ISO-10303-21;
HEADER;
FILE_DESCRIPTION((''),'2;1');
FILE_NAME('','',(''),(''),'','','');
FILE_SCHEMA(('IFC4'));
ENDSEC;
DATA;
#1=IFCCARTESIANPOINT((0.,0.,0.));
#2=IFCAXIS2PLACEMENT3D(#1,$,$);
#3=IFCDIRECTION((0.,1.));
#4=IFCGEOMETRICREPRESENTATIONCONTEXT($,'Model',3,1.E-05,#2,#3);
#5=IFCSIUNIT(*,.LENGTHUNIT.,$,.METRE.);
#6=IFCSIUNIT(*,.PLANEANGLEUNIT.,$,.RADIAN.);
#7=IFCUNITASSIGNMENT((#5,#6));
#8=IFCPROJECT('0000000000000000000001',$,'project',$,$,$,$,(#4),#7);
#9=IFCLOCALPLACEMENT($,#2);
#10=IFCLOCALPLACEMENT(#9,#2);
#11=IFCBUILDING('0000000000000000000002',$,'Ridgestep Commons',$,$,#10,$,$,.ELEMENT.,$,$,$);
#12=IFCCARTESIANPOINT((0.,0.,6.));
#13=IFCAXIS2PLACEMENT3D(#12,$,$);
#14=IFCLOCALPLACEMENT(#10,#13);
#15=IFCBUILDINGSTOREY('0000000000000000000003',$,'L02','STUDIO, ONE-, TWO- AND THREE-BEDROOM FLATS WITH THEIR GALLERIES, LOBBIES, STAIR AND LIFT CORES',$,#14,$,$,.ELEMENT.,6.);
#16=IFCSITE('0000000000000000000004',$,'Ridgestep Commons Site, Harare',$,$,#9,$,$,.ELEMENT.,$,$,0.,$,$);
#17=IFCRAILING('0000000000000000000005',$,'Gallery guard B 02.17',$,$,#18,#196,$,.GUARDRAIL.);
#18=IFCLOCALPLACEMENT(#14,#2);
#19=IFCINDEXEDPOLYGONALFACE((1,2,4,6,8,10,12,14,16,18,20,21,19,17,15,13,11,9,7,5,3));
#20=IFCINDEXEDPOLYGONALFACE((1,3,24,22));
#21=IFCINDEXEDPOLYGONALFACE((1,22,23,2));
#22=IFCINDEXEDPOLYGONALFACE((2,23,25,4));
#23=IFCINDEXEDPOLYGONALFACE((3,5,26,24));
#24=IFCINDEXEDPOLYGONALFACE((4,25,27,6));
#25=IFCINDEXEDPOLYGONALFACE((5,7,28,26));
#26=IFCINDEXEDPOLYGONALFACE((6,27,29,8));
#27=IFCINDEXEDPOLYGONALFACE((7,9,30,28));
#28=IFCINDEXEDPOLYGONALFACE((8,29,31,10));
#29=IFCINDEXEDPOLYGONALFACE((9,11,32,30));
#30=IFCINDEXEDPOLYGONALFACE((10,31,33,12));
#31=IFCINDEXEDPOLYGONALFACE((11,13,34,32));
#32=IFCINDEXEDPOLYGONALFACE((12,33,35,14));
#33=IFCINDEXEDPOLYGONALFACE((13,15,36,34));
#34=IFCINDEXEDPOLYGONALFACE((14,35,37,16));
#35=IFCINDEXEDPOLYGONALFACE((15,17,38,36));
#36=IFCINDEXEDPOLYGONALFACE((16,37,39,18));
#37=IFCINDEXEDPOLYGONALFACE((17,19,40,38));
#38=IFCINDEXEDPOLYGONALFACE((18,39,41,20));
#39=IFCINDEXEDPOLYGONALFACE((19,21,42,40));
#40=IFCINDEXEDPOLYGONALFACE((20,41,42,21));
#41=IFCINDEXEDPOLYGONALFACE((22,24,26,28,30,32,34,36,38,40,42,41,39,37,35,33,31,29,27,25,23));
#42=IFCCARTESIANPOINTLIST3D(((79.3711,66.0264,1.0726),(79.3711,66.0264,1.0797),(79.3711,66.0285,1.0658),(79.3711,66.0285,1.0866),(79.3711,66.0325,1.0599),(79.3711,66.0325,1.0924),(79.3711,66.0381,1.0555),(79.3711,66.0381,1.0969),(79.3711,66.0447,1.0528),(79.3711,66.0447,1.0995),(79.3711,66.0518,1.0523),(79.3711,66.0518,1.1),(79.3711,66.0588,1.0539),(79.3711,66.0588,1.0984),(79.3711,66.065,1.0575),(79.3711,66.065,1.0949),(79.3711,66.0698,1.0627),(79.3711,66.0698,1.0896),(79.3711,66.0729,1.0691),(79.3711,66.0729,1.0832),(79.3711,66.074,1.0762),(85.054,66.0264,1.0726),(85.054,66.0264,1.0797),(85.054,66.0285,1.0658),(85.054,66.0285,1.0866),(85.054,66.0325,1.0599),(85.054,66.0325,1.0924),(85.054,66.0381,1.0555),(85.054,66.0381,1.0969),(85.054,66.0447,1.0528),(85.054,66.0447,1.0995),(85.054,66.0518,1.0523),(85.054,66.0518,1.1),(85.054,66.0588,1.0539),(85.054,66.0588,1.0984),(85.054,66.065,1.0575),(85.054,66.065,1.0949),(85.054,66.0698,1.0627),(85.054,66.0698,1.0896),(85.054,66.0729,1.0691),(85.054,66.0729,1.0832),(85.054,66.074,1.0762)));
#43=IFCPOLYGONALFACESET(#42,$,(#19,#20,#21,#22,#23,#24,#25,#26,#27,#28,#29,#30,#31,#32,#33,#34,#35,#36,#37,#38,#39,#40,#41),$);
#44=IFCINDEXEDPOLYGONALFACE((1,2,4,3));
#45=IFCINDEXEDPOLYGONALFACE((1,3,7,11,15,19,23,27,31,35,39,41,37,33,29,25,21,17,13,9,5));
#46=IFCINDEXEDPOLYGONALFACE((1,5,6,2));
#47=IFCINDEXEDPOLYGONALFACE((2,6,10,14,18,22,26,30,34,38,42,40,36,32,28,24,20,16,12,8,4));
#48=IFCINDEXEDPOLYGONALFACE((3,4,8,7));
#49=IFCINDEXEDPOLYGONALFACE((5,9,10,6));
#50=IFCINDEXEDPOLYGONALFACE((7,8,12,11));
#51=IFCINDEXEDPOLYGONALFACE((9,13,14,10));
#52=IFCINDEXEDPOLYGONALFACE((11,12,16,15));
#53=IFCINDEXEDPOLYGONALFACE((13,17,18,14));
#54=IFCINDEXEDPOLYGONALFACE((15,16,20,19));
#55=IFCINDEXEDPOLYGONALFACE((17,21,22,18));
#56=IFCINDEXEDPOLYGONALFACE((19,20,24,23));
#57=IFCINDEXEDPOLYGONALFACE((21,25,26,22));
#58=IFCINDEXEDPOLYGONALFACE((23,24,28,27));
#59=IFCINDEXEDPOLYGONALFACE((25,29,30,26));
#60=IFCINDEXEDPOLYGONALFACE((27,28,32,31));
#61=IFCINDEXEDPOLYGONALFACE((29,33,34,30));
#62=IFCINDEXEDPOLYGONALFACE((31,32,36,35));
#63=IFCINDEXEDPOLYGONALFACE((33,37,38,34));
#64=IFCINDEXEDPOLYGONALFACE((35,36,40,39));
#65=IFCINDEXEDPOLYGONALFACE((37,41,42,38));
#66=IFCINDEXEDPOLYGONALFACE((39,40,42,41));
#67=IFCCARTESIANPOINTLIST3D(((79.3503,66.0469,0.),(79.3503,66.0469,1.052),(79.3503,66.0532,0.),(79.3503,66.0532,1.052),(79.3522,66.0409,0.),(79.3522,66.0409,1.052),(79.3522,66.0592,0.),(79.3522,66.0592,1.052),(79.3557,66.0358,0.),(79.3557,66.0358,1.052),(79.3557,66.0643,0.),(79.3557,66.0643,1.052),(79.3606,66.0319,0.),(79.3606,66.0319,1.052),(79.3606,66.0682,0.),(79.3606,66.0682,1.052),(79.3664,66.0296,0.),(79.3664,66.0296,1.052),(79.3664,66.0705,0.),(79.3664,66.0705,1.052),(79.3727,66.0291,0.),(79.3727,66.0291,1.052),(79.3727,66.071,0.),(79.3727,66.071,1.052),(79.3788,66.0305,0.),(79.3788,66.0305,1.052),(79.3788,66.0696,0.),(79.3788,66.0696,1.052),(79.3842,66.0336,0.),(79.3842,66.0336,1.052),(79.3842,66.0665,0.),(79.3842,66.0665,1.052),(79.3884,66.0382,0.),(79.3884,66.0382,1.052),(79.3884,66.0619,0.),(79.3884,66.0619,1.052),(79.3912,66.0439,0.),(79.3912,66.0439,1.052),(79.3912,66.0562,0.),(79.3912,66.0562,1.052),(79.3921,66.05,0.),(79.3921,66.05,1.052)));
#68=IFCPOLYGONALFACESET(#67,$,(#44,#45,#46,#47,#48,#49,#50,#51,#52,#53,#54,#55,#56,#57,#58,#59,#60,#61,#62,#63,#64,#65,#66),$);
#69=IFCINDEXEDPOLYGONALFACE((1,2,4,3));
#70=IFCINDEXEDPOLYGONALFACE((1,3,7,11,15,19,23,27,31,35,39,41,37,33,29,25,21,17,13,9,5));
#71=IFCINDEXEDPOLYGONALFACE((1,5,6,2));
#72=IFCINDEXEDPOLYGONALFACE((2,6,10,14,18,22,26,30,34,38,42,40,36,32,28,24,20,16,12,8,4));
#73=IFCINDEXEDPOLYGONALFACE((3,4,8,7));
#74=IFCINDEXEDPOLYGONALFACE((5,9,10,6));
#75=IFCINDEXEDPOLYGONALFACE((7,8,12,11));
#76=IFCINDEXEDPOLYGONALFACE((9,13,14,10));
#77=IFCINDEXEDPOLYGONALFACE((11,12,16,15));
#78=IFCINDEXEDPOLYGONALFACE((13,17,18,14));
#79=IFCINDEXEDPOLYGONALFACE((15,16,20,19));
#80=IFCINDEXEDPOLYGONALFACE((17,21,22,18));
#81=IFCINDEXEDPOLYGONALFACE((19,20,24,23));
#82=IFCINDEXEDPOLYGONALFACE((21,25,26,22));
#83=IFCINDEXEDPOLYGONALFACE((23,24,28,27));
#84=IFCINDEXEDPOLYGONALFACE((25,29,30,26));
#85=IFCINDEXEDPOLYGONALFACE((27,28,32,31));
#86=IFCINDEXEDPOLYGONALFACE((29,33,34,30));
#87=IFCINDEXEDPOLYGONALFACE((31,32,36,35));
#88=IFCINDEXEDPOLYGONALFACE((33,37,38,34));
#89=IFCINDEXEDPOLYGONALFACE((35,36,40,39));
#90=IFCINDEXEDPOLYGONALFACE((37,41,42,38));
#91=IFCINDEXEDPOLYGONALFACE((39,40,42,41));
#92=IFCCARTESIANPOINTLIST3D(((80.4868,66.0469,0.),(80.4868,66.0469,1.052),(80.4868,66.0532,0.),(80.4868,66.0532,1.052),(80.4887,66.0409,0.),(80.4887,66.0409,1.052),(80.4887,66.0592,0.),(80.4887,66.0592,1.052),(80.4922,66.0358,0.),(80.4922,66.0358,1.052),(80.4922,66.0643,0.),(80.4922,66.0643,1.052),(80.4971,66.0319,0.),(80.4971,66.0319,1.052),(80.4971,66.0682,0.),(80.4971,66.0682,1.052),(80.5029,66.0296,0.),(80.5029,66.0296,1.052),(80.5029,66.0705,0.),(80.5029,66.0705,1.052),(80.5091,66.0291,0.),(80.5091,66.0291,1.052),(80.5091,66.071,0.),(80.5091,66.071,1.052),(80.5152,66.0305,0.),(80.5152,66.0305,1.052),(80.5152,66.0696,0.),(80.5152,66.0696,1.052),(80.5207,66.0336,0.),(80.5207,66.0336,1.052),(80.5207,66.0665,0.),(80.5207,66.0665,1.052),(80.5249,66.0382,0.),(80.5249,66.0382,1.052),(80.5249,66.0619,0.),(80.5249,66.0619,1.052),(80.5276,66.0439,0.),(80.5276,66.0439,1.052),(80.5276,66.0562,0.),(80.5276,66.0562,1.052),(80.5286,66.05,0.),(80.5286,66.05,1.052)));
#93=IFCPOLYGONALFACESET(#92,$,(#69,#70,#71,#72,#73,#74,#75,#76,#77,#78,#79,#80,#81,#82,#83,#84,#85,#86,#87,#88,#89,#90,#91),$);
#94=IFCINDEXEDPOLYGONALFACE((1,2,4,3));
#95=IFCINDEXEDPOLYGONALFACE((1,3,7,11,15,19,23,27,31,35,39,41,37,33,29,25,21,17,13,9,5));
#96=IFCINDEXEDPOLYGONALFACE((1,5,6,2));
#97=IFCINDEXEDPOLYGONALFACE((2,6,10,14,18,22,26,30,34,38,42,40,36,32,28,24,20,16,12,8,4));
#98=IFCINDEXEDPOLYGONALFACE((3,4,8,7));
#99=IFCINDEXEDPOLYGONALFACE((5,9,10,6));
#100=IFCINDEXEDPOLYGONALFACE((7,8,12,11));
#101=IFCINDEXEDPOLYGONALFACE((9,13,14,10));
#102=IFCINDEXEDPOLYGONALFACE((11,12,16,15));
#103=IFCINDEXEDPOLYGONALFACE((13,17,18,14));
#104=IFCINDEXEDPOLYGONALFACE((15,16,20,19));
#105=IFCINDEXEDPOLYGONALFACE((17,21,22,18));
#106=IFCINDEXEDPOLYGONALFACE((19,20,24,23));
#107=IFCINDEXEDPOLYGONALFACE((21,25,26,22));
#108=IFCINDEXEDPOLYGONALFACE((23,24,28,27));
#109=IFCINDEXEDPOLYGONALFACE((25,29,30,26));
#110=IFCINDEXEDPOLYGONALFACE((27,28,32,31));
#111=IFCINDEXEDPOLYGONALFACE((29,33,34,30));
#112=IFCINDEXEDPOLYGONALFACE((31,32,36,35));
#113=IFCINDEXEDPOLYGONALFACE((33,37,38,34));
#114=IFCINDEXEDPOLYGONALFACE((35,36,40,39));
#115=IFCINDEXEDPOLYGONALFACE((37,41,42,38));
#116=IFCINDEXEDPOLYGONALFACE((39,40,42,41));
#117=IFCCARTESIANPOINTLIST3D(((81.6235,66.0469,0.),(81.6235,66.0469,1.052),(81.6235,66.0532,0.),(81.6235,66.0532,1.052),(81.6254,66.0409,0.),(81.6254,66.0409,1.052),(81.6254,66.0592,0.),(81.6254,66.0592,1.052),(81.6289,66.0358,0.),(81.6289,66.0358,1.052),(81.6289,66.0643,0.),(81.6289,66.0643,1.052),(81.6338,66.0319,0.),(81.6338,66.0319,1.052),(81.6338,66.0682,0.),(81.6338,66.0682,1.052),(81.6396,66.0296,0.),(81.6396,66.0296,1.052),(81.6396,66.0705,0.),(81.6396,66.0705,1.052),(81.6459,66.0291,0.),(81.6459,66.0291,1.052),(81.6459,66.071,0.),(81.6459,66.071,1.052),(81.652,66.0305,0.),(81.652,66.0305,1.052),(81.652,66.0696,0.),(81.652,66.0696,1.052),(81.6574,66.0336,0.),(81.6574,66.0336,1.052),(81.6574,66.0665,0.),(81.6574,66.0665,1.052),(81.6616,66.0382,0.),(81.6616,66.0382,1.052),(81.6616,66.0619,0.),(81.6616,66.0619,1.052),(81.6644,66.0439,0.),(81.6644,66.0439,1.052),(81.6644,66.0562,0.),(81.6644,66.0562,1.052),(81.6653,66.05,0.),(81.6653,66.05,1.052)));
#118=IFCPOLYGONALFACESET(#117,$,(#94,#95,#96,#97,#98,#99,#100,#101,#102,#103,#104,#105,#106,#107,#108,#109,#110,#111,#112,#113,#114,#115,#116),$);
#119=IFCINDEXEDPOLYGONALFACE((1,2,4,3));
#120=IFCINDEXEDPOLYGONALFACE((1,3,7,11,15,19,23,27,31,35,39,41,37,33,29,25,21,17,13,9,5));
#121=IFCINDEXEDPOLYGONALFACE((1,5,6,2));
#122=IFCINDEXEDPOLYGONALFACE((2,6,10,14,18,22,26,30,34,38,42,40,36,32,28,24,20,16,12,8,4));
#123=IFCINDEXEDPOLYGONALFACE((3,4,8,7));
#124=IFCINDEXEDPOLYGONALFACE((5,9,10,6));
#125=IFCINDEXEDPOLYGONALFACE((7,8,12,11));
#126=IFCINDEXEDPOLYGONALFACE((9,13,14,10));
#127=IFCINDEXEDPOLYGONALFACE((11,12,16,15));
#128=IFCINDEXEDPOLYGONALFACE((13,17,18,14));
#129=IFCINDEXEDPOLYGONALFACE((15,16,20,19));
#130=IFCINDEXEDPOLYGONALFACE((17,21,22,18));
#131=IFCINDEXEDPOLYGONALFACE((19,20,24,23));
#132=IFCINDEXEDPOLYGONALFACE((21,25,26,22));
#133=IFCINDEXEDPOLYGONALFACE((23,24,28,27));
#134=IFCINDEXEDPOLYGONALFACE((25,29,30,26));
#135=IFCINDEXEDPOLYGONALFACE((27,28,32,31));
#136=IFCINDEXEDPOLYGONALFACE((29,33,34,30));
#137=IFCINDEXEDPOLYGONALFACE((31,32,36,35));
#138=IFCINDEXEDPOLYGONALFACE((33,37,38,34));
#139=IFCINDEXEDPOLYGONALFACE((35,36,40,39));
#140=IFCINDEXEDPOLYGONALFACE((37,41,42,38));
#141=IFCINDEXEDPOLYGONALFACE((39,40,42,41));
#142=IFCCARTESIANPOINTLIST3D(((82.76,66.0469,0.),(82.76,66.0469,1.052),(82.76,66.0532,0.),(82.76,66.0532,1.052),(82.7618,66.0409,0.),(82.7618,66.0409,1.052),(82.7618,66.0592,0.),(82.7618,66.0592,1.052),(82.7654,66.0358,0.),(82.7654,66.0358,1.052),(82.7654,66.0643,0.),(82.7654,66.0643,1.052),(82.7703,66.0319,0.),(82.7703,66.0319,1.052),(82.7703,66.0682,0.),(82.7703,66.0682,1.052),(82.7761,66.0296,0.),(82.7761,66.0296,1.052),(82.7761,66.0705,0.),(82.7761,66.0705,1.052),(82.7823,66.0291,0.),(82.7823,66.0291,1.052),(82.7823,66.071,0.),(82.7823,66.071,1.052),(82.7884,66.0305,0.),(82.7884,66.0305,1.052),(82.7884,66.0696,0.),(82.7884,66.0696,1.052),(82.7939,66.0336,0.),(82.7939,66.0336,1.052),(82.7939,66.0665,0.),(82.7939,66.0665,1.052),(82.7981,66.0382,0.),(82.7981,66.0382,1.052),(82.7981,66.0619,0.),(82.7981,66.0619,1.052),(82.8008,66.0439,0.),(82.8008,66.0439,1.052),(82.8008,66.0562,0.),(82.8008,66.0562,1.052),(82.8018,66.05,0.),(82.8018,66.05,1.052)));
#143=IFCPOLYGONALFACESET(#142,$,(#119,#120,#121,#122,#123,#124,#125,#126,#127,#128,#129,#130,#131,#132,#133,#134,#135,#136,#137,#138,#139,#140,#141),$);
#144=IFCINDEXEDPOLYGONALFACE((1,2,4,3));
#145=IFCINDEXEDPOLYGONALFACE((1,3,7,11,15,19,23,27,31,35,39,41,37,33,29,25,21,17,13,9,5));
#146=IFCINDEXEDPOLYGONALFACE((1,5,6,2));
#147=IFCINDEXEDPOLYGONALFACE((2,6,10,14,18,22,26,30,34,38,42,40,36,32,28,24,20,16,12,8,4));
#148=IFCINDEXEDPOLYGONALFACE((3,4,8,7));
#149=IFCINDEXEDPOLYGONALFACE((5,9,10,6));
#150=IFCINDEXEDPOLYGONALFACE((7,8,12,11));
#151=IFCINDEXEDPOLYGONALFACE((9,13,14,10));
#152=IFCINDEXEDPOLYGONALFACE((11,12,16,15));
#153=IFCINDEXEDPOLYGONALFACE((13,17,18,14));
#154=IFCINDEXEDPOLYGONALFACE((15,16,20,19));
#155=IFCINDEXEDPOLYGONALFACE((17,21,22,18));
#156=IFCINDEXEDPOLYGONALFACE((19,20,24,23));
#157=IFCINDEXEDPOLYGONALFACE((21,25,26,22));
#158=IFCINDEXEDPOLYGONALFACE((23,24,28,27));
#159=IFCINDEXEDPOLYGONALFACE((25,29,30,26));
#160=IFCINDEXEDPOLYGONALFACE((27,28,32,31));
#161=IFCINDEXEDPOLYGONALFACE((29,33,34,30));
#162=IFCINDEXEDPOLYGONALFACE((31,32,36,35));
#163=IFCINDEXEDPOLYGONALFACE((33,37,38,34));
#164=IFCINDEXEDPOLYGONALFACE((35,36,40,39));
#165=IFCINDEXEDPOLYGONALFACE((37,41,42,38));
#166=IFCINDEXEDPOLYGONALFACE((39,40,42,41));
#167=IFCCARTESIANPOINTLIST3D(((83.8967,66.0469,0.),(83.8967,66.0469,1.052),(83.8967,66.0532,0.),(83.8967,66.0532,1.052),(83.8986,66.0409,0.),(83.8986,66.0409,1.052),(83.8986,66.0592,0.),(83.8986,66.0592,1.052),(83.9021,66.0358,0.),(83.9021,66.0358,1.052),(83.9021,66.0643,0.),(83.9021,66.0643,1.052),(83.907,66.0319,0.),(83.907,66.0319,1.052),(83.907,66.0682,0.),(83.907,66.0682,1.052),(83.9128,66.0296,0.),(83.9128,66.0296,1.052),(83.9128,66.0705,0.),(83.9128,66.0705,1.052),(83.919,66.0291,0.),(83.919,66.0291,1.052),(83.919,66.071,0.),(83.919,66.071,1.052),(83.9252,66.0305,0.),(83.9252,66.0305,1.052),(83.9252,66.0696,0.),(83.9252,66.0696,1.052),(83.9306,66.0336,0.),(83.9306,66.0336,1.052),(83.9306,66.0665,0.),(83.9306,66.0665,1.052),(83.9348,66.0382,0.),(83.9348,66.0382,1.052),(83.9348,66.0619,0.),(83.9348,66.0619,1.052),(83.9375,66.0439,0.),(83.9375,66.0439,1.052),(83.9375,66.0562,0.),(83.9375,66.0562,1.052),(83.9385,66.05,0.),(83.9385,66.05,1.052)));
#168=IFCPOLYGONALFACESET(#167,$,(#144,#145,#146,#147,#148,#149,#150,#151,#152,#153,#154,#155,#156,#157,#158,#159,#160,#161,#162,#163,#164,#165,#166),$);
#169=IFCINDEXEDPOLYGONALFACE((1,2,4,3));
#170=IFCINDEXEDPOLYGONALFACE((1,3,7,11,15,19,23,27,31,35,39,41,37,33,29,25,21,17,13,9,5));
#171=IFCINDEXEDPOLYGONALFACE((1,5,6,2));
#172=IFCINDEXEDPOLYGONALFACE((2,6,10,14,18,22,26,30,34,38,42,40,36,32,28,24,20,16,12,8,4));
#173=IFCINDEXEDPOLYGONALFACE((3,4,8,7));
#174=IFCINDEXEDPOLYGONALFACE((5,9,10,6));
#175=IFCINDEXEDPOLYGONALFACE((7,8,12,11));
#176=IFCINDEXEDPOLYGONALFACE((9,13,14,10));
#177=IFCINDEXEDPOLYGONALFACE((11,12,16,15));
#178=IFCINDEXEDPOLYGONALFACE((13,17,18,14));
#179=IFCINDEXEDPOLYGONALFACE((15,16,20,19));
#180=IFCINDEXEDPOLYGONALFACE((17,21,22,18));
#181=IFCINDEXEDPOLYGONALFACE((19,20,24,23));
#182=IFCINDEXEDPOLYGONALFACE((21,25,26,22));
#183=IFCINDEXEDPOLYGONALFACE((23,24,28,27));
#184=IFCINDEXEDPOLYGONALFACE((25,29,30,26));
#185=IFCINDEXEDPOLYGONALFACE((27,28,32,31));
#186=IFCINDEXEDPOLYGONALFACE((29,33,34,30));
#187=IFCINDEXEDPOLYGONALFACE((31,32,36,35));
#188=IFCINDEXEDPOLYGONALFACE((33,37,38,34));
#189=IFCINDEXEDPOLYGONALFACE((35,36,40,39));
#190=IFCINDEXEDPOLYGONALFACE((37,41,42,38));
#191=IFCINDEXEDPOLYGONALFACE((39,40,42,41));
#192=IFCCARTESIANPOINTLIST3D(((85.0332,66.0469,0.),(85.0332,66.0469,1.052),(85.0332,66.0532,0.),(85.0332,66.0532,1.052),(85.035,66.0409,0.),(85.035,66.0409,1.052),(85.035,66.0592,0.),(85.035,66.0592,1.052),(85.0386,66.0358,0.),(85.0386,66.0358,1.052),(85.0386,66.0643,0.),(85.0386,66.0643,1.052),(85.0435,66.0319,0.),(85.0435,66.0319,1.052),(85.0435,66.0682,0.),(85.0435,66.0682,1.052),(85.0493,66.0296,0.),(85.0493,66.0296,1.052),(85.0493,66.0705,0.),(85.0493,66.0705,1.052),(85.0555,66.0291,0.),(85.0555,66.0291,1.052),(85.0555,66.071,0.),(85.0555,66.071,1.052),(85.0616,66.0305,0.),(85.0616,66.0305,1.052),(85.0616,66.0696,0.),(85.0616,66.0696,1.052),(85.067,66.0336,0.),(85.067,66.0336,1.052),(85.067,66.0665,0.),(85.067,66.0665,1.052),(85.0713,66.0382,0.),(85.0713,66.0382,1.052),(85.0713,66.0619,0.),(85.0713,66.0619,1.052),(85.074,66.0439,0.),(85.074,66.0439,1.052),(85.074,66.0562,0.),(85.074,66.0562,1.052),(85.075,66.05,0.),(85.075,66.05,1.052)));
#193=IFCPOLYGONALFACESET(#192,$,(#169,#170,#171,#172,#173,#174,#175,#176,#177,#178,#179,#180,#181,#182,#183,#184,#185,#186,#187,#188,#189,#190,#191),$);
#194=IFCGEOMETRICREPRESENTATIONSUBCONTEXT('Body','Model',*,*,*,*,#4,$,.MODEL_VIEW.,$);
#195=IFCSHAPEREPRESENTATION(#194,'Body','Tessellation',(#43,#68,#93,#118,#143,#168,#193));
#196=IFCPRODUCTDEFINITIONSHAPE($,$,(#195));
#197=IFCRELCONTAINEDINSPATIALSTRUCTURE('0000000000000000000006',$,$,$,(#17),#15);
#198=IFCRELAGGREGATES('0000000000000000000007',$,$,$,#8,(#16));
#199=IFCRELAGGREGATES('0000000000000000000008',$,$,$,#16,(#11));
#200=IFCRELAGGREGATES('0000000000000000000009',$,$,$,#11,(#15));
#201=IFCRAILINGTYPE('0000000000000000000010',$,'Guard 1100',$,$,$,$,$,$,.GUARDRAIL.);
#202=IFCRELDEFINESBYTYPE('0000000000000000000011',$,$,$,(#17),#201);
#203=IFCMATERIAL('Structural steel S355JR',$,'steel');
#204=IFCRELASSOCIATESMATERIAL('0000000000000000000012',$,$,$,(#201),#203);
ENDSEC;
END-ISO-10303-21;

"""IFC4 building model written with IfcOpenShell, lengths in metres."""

from ifc_helpers import new_model, si_unit, direction, frame, origin, origin_2d, place, context, subcontext, project, spatial, circle, extrude, material, type_object, element, save


model = new_model("IFC4")

# Units and contexts
model_context = context("Model", 3, precision=1e-05, world=origin(), true_north=direction((0.0, 1.0)))
body_context = subcontext(model_context, "Body", "Model", "MODEL_VIEW")
ifc_project = project(units=[si_unit("LENGTHUNIT", "METRE"), si_unit("PLANEANGLEUNIT", "RADIAN")], contexts=[model_context])

# Site, building, storey
site_placement = place(None, origin())
site = spatial("IfcSite", under=ifc_project, at=site_placement, Name="Ridgestep Commons Site, Harare", CompositionType="ELEMENT", RefElevation=0.0)
building_placement = place(site_placement, origin())
building = spatial("IfcBuilding", under=site, at=building_placement, Name="Ridgestep Commons", CompositionType="ELEMENT")
storey_placement = place(building_placement, frame((0.0, 0.0, 6.0)))
storey = spatial("IfcBuildingStorey", under=building, at=storey_placement, Name="L02", Description="STUDIO, ONE-, TWO- AND THREE-BEDROOM FLATS WITH THEIR GALLERIES, LOBBIES, STAIR AND LIFT CORES", CompositionType="ELEMENT", Elevation=6.0)

# Railing
ifc_material_1 = material(Name="Structural steel S355JR", Category="steel")
railing_type_1 = type_object("IfcRailingType", Name="Guard 1100", PredefinedType="GUARDRAIL", material=ifc_material_1)
railing_1_placement = place(storey_placement, frame((79.3711, 66.05, 0.0)))
element("IfcRailing", 1, at=railing_1_placement, inside=storey, type_object=railing_type_1, Name="Gallery guard B 02.17", PredefinedType="GUARDRAIL", context=body_context, shape_type="SweptSolid", body=[
    extrude(circle(Radius=0.0239, at=origin_2d()), frame((0.0, 0.0, 1.0762), z_axis=(1.0, 0.0, 0.0), x_axis=(0.0, 1.0, 0.0)), (0.0, 0.0, 1.0), 5.6829),
    extrude(circle(Radius=0.021, at=origin_2d()), origin(), (0.0, 0.0, 1.0), 1.052),
    extrude(circle(Radius=0.021, at=origin_2d()), frame((1.1365, 0.0, 0.0)), (0.0, 0.0, 1.0), 1.052),
    extrude(circle(Radius=0.021, at=origin_2d()), frame((2.2732, 0.0, 0.0)), (0.0, 0.0, 1.0), 1.052),
    extrude(circle(Radius=0.021, at=origin_2d()), frame((3.4097, 0.0, 0.0)), (0.0, 0.0, 1.0), 1.052),
    extrude(circle(Radius=0.021, at=origin_2d()), frame((4.5464, 0.0, 0.0)), (0.0, 0.0, 1.0), 1.052),
    extrude(circle(Radius=0.021, at=origin_2d()), frame((5.6829, 0.0, 0.0)), (0.0, 0.0, 1.0), 1.052),
])

save(model, "model.ifc")
